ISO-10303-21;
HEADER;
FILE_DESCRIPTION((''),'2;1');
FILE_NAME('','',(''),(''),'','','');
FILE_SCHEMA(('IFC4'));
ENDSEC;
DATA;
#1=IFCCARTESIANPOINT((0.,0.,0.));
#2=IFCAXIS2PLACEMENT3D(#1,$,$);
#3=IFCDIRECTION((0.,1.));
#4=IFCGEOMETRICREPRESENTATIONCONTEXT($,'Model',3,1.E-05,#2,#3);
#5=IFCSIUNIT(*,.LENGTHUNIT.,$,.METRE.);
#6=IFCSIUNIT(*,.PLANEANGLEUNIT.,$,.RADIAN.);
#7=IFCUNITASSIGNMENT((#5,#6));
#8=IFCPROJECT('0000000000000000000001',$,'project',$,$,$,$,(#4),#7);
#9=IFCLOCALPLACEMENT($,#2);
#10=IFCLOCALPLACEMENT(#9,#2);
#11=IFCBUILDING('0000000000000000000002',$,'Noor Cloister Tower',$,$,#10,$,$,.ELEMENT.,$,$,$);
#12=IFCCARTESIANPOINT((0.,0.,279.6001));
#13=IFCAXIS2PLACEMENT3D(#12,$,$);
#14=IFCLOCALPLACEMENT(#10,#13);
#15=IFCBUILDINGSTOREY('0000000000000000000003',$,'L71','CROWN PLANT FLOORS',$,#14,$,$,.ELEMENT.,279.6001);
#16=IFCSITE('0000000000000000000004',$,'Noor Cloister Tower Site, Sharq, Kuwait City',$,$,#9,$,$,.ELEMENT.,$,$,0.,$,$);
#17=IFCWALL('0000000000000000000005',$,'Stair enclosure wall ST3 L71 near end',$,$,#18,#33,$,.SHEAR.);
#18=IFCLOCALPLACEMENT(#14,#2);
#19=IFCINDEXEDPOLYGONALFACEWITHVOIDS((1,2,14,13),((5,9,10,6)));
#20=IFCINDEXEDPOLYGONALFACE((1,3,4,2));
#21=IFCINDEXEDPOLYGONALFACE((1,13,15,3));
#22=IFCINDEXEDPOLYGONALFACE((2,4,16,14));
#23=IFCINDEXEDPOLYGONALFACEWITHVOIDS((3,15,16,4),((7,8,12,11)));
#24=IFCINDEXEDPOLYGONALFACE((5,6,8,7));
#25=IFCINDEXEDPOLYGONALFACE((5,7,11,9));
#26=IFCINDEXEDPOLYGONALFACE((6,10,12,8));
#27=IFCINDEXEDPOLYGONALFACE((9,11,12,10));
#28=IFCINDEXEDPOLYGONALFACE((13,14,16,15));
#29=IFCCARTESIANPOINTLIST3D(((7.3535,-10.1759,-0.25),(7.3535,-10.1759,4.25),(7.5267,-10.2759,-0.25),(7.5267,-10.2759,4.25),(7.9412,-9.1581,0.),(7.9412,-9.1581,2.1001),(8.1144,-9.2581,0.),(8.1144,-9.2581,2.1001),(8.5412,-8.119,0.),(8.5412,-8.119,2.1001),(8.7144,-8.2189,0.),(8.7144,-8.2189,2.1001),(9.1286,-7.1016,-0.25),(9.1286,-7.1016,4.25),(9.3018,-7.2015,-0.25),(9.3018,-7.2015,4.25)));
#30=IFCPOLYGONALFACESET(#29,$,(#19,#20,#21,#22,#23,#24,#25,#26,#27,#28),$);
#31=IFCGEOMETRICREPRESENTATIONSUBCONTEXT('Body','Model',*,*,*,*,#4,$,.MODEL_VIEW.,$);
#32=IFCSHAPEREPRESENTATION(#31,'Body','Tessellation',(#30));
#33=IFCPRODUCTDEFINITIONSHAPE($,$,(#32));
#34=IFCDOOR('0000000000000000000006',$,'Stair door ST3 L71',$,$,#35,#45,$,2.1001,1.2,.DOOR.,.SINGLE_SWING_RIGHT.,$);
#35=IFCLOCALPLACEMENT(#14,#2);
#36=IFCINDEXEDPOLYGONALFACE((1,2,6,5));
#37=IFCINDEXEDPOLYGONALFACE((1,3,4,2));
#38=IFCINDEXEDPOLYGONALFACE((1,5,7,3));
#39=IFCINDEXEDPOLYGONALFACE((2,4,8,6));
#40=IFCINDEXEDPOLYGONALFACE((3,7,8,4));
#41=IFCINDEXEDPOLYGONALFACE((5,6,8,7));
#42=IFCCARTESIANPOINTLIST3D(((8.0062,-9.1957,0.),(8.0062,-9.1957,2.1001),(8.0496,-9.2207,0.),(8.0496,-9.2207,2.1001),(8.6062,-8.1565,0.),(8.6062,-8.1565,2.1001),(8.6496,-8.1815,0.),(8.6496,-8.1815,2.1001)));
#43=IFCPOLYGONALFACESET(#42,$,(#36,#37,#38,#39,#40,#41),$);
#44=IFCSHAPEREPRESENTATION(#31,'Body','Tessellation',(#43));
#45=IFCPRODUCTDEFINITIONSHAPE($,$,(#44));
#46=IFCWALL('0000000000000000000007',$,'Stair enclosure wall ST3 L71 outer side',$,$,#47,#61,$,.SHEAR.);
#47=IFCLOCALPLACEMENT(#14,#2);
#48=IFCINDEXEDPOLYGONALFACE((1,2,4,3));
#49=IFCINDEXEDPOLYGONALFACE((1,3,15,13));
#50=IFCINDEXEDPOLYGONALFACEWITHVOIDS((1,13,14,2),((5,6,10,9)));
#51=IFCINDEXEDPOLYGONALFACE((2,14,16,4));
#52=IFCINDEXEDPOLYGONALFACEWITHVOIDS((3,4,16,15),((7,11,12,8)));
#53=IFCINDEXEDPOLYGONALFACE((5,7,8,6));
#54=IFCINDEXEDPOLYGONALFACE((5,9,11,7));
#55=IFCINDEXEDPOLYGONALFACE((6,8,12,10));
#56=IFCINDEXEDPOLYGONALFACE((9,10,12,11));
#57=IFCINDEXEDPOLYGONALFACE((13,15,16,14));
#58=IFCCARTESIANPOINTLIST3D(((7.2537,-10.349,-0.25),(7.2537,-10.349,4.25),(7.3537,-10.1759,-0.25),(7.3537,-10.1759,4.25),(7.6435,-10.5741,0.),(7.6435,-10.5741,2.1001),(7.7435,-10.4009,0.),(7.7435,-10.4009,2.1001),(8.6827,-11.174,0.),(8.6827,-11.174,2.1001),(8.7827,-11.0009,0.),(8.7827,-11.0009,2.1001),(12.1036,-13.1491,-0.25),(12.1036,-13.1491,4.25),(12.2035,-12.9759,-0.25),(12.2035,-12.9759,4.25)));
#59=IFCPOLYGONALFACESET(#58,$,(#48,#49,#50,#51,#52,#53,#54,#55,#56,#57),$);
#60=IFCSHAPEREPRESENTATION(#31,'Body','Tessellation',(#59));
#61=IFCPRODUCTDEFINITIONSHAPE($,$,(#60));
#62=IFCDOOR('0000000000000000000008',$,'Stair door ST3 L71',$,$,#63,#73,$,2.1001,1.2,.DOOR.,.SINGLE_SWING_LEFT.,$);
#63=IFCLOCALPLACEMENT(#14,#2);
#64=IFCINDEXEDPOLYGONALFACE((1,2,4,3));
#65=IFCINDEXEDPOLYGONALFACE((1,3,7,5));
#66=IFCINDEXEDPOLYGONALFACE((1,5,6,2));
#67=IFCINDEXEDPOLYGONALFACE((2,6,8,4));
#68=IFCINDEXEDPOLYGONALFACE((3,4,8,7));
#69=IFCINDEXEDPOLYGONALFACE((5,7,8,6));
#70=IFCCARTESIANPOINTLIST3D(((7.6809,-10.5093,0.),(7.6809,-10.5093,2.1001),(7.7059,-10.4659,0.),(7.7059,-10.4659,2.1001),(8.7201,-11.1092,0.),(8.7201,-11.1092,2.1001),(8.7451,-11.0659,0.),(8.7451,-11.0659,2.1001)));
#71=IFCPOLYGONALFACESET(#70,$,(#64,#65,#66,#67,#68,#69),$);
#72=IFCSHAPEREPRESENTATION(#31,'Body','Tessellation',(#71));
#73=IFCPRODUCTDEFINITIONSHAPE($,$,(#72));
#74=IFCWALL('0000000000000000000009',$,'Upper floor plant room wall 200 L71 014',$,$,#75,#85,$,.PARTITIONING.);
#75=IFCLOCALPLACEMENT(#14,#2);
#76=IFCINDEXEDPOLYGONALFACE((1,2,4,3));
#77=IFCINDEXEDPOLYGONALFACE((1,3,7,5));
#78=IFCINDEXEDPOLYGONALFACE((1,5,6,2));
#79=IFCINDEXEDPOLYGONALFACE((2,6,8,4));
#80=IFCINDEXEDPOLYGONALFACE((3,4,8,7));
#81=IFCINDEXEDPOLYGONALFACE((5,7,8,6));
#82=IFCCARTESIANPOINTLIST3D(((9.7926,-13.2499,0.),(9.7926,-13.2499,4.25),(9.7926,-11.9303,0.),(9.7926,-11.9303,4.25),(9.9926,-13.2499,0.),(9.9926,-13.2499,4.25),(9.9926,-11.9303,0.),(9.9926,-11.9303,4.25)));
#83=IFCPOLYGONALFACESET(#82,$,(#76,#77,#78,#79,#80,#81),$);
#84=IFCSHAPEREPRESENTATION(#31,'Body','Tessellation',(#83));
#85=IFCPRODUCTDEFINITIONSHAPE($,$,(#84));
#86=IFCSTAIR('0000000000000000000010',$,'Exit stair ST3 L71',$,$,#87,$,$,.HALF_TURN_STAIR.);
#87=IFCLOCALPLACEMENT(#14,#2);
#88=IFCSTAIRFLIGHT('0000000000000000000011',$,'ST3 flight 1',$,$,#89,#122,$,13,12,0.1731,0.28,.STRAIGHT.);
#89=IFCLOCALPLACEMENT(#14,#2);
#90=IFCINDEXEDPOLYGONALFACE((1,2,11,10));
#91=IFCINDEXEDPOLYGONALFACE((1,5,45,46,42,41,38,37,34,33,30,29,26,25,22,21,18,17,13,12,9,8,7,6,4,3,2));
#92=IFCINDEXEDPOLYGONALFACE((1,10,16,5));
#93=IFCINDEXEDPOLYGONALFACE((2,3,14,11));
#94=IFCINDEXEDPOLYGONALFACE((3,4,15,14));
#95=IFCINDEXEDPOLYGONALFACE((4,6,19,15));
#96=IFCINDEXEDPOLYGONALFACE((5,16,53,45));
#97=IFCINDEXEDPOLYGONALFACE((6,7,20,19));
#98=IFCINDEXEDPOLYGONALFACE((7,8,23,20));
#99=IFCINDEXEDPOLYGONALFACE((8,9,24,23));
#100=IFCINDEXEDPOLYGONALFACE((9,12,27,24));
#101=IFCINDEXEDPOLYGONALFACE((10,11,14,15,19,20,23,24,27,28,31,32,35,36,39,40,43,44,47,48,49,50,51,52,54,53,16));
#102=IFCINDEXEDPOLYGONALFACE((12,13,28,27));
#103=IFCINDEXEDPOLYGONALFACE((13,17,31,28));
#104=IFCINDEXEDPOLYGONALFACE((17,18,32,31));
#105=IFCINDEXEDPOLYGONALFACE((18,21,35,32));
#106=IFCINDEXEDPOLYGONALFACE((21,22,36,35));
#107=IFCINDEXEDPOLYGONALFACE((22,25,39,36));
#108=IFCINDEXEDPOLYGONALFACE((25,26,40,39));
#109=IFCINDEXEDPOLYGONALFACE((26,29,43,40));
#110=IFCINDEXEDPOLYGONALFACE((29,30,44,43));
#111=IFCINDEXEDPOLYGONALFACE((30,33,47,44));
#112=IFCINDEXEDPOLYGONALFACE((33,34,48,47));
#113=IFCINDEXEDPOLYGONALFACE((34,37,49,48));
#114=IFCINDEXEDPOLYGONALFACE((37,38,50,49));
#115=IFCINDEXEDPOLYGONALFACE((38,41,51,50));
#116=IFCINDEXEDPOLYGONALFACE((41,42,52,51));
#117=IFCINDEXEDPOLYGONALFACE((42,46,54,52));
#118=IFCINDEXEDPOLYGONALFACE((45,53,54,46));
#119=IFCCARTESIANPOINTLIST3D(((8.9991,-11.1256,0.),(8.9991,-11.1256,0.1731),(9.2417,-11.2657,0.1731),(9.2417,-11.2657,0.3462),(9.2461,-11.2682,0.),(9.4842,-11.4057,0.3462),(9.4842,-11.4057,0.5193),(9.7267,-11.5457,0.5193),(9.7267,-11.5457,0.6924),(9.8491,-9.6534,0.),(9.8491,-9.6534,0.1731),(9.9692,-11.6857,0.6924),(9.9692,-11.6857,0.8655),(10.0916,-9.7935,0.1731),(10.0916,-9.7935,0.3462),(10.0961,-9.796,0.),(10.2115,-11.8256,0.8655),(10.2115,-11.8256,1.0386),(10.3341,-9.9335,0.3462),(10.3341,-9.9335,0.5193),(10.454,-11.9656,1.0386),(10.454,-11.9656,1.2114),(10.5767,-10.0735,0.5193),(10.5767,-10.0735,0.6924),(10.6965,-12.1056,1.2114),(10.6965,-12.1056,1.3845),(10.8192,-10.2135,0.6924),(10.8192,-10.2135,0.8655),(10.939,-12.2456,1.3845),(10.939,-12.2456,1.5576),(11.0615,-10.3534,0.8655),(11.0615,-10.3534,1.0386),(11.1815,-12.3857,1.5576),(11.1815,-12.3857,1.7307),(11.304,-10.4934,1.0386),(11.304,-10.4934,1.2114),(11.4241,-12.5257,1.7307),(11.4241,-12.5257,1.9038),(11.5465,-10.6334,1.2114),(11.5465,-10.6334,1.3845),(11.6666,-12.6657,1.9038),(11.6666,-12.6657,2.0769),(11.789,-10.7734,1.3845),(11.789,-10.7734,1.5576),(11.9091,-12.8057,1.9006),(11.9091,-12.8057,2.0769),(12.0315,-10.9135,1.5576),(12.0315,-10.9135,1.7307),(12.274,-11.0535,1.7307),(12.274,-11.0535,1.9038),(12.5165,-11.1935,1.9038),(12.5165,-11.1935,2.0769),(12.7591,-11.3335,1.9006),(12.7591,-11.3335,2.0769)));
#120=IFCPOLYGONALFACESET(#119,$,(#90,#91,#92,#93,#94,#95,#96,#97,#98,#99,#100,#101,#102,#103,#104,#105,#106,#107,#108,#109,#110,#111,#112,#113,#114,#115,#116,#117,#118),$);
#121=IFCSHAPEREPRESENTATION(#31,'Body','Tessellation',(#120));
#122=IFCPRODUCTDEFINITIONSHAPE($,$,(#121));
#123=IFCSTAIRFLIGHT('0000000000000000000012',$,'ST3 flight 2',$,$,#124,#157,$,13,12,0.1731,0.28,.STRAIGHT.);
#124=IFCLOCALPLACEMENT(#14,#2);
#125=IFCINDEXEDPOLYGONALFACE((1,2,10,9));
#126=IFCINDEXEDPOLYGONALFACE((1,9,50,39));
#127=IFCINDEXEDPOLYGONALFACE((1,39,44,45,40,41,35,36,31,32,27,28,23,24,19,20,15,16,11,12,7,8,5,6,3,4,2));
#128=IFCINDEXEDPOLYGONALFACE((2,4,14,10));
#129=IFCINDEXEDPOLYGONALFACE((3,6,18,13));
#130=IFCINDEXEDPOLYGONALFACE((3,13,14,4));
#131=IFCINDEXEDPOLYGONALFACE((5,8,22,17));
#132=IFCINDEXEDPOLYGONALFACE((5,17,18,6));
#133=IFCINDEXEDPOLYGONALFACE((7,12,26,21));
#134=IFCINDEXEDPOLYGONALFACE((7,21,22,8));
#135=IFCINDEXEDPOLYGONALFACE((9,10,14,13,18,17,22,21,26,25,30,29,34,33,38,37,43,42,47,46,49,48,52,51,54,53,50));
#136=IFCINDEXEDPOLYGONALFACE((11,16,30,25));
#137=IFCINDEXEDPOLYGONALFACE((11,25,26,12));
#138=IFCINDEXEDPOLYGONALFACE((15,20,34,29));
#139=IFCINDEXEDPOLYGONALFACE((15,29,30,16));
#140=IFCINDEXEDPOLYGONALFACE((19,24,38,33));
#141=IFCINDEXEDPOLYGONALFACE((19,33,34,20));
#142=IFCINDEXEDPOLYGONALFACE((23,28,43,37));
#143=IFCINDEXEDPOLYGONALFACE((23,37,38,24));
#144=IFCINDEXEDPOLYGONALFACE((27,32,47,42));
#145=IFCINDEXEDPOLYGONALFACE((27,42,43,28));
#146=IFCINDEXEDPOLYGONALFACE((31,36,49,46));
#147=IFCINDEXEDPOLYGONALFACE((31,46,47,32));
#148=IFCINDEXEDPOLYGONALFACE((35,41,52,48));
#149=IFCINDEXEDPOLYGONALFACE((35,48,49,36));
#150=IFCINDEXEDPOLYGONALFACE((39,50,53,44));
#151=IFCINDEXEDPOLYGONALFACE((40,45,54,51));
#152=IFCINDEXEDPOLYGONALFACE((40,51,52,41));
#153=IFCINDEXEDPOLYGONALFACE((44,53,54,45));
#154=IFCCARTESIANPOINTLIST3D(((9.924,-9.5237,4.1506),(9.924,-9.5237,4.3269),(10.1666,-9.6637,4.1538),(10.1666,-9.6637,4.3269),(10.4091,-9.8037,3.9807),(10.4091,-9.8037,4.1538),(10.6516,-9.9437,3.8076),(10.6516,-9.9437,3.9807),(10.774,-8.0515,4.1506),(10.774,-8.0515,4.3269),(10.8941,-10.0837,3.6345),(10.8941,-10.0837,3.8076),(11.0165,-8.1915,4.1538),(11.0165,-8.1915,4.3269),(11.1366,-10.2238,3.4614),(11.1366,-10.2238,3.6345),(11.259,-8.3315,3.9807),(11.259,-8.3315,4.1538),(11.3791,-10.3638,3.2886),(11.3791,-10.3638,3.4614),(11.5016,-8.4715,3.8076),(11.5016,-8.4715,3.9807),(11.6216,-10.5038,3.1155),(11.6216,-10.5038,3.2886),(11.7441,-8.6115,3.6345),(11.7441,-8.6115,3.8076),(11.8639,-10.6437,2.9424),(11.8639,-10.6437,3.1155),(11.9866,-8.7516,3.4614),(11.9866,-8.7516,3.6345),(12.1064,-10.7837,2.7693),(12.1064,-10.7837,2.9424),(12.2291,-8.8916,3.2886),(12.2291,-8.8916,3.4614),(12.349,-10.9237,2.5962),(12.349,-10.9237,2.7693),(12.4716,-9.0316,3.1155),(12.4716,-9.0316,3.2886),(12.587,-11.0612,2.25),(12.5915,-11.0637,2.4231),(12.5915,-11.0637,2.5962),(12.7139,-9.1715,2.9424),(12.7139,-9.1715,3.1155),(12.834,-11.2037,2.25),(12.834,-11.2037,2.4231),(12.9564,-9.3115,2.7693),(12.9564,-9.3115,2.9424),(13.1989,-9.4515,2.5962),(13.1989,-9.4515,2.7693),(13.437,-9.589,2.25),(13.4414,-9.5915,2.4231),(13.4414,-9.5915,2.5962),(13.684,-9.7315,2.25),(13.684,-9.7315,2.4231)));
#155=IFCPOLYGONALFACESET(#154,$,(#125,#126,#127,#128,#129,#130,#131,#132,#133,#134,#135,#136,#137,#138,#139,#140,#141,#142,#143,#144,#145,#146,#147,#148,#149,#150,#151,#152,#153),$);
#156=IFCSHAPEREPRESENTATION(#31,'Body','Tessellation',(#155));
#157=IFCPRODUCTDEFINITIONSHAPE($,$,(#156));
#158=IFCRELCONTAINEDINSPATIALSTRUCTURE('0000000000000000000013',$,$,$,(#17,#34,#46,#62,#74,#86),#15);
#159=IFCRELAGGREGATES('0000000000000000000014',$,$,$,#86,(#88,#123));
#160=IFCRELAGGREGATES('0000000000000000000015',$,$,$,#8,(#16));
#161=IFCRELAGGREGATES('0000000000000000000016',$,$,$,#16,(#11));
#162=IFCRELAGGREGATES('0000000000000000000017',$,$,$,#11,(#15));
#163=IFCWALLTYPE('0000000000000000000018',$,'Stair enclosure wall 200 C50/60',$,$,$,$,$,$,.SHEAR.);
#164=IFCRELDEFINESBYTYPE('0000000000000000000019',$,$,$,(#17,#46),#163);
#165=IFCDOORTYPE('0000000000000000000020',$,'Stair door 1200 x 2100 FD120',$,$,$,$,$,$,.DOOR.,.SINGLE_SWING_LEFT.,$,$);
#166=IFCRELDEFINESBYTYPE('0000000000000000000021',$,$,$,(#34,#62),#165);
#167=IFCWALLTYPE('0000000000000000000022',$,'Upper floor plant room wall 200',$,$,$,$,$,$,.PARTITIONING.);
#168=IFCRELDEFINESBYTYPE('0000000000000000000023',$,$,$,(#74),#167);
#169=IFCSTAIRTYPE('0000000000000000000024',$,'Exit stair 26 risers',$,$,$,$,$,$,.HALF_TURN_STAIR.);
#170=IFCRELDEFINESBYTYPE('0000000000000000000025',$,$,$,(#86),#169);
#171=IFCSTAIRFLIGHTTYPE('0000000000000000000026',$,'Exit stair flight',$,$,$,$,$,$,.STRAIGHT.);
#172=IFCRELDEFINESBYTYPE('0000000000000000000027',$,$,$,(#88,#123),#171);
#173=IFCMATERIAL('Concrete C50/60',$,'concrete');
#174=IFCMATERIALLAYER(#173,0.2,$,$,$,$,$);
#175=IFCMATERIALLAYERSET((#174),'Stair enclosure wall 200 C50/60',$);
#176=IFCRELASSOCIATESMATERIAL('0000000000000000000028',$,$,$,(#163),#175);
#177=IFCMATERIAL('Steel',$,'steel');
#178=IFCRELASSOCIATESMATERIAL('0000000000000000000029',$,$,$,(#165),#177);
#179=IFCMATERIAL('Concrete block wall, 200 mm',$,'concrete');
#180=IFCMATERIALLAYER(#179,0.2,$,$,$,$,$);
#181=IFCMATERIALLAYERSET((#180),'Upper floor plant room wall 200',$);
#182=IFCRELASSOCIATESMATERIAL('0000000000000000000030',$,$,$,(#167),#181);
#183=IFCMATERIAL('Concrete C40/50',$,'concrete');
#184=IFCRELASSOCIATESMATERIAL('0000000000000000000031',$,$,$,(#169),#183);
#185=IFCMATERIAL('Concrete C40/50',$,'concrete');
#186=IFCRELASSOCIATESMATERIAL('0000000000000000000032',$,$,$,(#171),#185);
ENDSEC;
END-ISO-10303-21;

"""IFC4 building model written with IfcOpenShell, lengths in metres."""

from ifc_helpers import new_model, si_unit, direction, frame, frame_2d, origin, place, context, subcontext, project, spatial, polyline, rectangle, outline, extrude, material, layer, layer_set, type_object, element, fill, aggregate, save


model = new_model("IFC4")

# Units and contexts
model_context = context("Model", 3, precision=1e-05, world=origin(), true_north=direction((0.0, 1.0)))
body_context = subcontext(model_context, "Body", "Model", "MODEL_VIEW")
ifc_project = project(units=[si_unit("LENGTHUNIT", "METRE"), si_unit("PLANEANGLEUNIT", "RADIAN")], contexts=[model_context])

# Site, building, storey
site_placement = place(None, origin())
site = spatial("IfcSite", under=ifc_project, at=site_placement, Name="Noor Cloister Tower Site, Sharq, Kuwait City", CompositionType="ELEMENT", RefElevation=0.0)
building_placement = place(site_placement, origin())
building = spatial("IfcBuilding", under=site, at=building_placement, Name="Noor Cloister Tower", CompositionType="ELEMENT")
storey_placement = place(building_placement, frame((0.0, 0.0, 279.6001)))
storey = spatial("IfcBuildingStorey", under=building, at=storey_placement, Name="L71", Description="CROWN PLANT FLOORS", CompositionType="ELEMENT", Elevation=279.6001)

# Walls, openings, doors
ifc_material_1 = material(Name="Concrete C50/60", Category="concrete")
ifc_layer_1 = layer(ifc_material_1, 0.2)
ifc_layer_set_1 = layer_set([ifc_layer_1], Name="Stair enclosure wall 200 C50/60")
wall_type_1 = type_object("IfcWallType", Name="Stair enclosure wall 200 C50/60", PredefinedType="SHEAR", material=ifc_layer_set_1)
wall_1_placement = place(storey_placement, frame((7.4402, -10.2258, -0.25), z_axis=(0.0, 0.0, 1.0), x_axis=(0.500022, 0.866013, 0.0)))
wall_1 = element("IfcWall", 1, at=wall_1_placement, inside=storey, type_object=wall_type_1, Name="Stair enclosure wall ST3 L71 near end", PredefinedType="SHEAR", context=body_context, shape_type="SweptSolid", body=[
    extrude(rectangle(XDim=3.55, YDim=0.2, at=frame_2d((1.7749, 0.0))), origin(), (0.0, 0.0, 1.0), 4.5),
])
opening_1_placement = place(wall_1_placement, frame((1.175, 0.0, 0.25)))
opening_1 = element("IfcOpeningElement", 2, at=opening_1_placement, cuts=wall_1, PredefinedType="OPENING", context=body_context, shape_type="SweptSolid", body=[
    extrude(rectangle(XDim=1.2, YDim=2.1001, at=frame_2d((0.6001, 1.05))), frame((0.0, 0.1099, 0.0), z_axis=(0.0, -1.0, 0.0), x_axis=(1.0, 0.0, 0.0)), (0.0, 0.0, 1.0), 0.22),
])
ifc_material_2 = material(Name="Steel", Category="steel")
door_type = type_object("IfcDoorType", Name="Stair door 1200 x 2100 FD120", OperationType="SINGLE_SWING_LEFT", PredefinedType="DOOR", material=ifc_material_2)
door_1_placement = place(opening_1_placement, origin())
door_1 = element("IfcDoor", 3, at=door_1_placement, inside=storey, type_object=door_type, Name="Stair door ST3 L71", OperationType="SINGLE_SWING_RIGHT", OverallHeight=2.1001, OverallWidth=1.2, PredefinedType="DOOR", context=body_context, shape_type="SweptSolid", body=[
    extrude(rectangle(XDim=1.2, YDim=2.1001, at=frame_2d((0.6001, 1.05))), frame((0.0, 0.0249, 0.0), z_axis=(0.0, -1.0, 0.0), x_axis=(1.0, 0.0, 0.0)), (0.0, 0.0, 1.0), 0.05),
])
fill(opening_1, door_1)
wall_2_placement = place(storey_placement, frame((7.3037, -10.2625, -0.25), z_axis=(0.0, 0.0, 1.0), x_axis=(0.866027, -0.499998, 0.0)))
wall_2 = element("IfcWall", 4, at=wall_2_placement, inside=storey, type_object=wall_type_1, Name="Stair enclosure wall ST3 L71 outer side", PredefinedType="SHEAR", context=body_context, shape_type="SweptSolid", body=[
    extrude(rectangle(XDim=5.6001, YDim=0.2, at=frame_2d((2.8, 0.0))), origin(), (0.0, 0.0, 1.0), 4.5),
])
opening_2_placement = place(wall_2_placement, frame((0.45, 0.0, 0.25)))
opening_2 = element("IfcOpeningElement", 5, at=opening_2_placement, cuts=wall_2, PredefinedType="OPENING", context=body_context, shape_type="SweptSolid", body=[
    extrude(rectangle(XDim=1.2, YDim=2.1001, at=frame_2d((0.6001, 1.05))), frame((0.0, 0.1099, 0.0), z_axis=(0.0, -1.0, 0.0), x_axis=(1.0, 0.0, 0.0)), (0.0, 0.0, 1.0), 0.22),
])
door_2_placement = place(opening_2_placement, origin())
door_2 = element("IfcDoor", 6, at=door_2_placement, inside=storey, type_object=door_type, Name="Stair door ST3 L71", OperationType="SINGLE_SWING_LEFT", OverallHeight=2.1001, OverallWidth=1.2, PredefinedType="DOOR", context=body_context, shape_type="SweptSolid", body=[
    extrude(rectangle(XDim=1.2, YDim=2.1001, at=frame_2d((0.6001, 1.05))), frame((0.0, 0.0249, 0.0), z_axis=(0.0, -1.0, 0.0), x_axis=(1.0, 0.0, 0.0)), (0.0, 0.0, 1.0), 0.05),
])
fill(opening_2, door_2)

# Wall
ifc_material_3 = material(Name="Concrete block wall, 200 mm", Category="concrete")
ifc_layer_2 = layer(ifc_material_3, 0.2)
ifc_layer_set_2 = layer_set([ifc_layer_2], Name="Upper floor plant room wall 200")
wall_type_2 = type_object("IfcWallType", Name="Upper floor plant room wall 200", PredefinedType="PARTITIONING", material=ifc_layer_set_2)
wall_3_placement = place(storey_placement, frame((9.8926, -13.2498, 0.0), z_axis=(0.0, 0.0, 1.0), x_axis=(0.0, 1.0, 0.0)))
element("IfcWall", 7, at=wall_3_placement, inside=storey, type_object=wall_type_2, Name="Upper floor plant room wall 200 L71 014", PredefinedType="PARTITIONING", context=body_context, shape_type="SweptSolid", body=[
    extrude(rectangle(XDim=1.3196, YDim=0.2, at=frame_2d((0.6597, 0.0))), origin(), (0.0, 0.0, 1.0), 4.25),
])

# Stair, stair flights
ifc_material_4 = material(Name="Concrete C40/50", Category="concrete")
stair_type = type_object("IfcStairType", Name="Exit stair 26 risers", PredefinedType="HALF_TURN_STAIR", material=ifc_material_4)
stair_placement = place(storey_placement, origin())
stair = element("IfcStair", 8, at=stair_placement, inside=storey, type_object=stair_type, Name="Exit stair ST3 L71", PredefinedType="HALF_TURN_STAIR")
ifc_material_5 = material(Name="Concrete C40/50", Category="concrete")
stair_flight_type = type_object("IfcStairFlightType", Name="Exit stair flight", PredefinedType="STRAIGHT", material=ifc_material_5)
stair_flight_1_placement = place(storey_placement, frame((9.4241, -10.3896, 0.0), z_axis=(0.0, 0.0, 1.0), x_axis=(0.866025, -0.5, 0.0)))
stair_flight_1 = element("IfcStairFlight", 9, at=stair_flight_1_placement, type_object=stair_flight_type, Name="ST3 flight 1", NumberOfRisers=13, NumberOfTreads=12, PredefinedType="STRAIGHT", RiserHeight=0.1731, TreadLength=0.28, context=body_context, shape_type="SweptSolid", body=[
    extrude(outline(polyline([(0.0, 0.0), (0.0, 0.1731), (0.28, 0.1731), (0.28, 0.3462), (0.5601, 0.3462), (0.5601, 0.5193), (0.8401, 0.5193), (0.8401, 0.6924), (1.1201, 0.6924), (1.1201, 0.8655), (1.3999, 0.8655), (1.3999, 1.0386), (1.6799, 1.0386), (1.6799, 1.2114), (1.96, 1.2114), (1.96, 1.3845), (2.24, 1.3845), (2.24, 1.5576), (2.52, 1.5576), (2.52, 1.7307), (2.8, 1.7307), (2.8, 1.9038), (3.0801, 1.9038), (3.0801, 2.0769), (3.3601, 2.0769), (3.3601, 2.25), (3.3601, 1.9006), (0.2852, 0.0), (0.0, 0.0)])), frame((0.0, 0.8501, 0.0), z_axis=(0.0, -1.0, 0.0), x_axis=(1.0, 0.0, 0.0)), (0.0, 0.0, 1.0), 1.7),
])
stair_flight_2_placement = place(storey_placement, frame((13.259, -10.4675, 2.25), z_axis=(0.0, 0.0, 1.0), x_axis=(-0.866025, 0.5, 0.0)))
stair_flight_2 = element("IfcStairFlight", 10, at=stair_flight_2_placement, type_object=stair_flight_type, Name="ST3 flight 2", NumberOfRisers=13, NumberOfTreads=12, PredefinedType="STRAIGHT", RiserHeight=0.1731, TreadLength=0.28, context=body_context, shape_type="SweptSolid", body=[
    extrude(outline(polyline([(0.0, 0.0), (0.0, 0.1731), (0.28, 0.1731), (0.28, 0.3462), (0.5601, 0.3462), (0.5601, 0.5193), (0.8401, 0.5193), (0.8401, 0.6924), (1.1201, 0.6924), (1.1201, 0.8655), (1.3999, 0.8655), (1.3999, 1.0386), (1.6799, 1.0386), (1.6799, 1.2114), (1.96, 1.2114), (1.96, 1.3845), (2.24, 1.3845), (2.24, 1.5576), (2.52, 1.5576), (2.52, 1.7307), (2.8, 1.7307), (2.8, 1.9038), (3.0801, 1.9038), (3.0801, 2.0769), (3.3601, 2.0769), (3.3601, 2.25), (3.3601, 1.9006), (0.2852, 0.0), (0.0, 0.0)])), frame((0.0, 0.8501, 0.0), z_axis=(0.0, -1.0, 0.0), x_axis=(1.0, 0.0, 0.0)), (0.0, 0.0, 1.0), 1.7),
])
aggregate(stair, [stair_flight_1, stair_flight_2])

save(model, "model.ifc")
